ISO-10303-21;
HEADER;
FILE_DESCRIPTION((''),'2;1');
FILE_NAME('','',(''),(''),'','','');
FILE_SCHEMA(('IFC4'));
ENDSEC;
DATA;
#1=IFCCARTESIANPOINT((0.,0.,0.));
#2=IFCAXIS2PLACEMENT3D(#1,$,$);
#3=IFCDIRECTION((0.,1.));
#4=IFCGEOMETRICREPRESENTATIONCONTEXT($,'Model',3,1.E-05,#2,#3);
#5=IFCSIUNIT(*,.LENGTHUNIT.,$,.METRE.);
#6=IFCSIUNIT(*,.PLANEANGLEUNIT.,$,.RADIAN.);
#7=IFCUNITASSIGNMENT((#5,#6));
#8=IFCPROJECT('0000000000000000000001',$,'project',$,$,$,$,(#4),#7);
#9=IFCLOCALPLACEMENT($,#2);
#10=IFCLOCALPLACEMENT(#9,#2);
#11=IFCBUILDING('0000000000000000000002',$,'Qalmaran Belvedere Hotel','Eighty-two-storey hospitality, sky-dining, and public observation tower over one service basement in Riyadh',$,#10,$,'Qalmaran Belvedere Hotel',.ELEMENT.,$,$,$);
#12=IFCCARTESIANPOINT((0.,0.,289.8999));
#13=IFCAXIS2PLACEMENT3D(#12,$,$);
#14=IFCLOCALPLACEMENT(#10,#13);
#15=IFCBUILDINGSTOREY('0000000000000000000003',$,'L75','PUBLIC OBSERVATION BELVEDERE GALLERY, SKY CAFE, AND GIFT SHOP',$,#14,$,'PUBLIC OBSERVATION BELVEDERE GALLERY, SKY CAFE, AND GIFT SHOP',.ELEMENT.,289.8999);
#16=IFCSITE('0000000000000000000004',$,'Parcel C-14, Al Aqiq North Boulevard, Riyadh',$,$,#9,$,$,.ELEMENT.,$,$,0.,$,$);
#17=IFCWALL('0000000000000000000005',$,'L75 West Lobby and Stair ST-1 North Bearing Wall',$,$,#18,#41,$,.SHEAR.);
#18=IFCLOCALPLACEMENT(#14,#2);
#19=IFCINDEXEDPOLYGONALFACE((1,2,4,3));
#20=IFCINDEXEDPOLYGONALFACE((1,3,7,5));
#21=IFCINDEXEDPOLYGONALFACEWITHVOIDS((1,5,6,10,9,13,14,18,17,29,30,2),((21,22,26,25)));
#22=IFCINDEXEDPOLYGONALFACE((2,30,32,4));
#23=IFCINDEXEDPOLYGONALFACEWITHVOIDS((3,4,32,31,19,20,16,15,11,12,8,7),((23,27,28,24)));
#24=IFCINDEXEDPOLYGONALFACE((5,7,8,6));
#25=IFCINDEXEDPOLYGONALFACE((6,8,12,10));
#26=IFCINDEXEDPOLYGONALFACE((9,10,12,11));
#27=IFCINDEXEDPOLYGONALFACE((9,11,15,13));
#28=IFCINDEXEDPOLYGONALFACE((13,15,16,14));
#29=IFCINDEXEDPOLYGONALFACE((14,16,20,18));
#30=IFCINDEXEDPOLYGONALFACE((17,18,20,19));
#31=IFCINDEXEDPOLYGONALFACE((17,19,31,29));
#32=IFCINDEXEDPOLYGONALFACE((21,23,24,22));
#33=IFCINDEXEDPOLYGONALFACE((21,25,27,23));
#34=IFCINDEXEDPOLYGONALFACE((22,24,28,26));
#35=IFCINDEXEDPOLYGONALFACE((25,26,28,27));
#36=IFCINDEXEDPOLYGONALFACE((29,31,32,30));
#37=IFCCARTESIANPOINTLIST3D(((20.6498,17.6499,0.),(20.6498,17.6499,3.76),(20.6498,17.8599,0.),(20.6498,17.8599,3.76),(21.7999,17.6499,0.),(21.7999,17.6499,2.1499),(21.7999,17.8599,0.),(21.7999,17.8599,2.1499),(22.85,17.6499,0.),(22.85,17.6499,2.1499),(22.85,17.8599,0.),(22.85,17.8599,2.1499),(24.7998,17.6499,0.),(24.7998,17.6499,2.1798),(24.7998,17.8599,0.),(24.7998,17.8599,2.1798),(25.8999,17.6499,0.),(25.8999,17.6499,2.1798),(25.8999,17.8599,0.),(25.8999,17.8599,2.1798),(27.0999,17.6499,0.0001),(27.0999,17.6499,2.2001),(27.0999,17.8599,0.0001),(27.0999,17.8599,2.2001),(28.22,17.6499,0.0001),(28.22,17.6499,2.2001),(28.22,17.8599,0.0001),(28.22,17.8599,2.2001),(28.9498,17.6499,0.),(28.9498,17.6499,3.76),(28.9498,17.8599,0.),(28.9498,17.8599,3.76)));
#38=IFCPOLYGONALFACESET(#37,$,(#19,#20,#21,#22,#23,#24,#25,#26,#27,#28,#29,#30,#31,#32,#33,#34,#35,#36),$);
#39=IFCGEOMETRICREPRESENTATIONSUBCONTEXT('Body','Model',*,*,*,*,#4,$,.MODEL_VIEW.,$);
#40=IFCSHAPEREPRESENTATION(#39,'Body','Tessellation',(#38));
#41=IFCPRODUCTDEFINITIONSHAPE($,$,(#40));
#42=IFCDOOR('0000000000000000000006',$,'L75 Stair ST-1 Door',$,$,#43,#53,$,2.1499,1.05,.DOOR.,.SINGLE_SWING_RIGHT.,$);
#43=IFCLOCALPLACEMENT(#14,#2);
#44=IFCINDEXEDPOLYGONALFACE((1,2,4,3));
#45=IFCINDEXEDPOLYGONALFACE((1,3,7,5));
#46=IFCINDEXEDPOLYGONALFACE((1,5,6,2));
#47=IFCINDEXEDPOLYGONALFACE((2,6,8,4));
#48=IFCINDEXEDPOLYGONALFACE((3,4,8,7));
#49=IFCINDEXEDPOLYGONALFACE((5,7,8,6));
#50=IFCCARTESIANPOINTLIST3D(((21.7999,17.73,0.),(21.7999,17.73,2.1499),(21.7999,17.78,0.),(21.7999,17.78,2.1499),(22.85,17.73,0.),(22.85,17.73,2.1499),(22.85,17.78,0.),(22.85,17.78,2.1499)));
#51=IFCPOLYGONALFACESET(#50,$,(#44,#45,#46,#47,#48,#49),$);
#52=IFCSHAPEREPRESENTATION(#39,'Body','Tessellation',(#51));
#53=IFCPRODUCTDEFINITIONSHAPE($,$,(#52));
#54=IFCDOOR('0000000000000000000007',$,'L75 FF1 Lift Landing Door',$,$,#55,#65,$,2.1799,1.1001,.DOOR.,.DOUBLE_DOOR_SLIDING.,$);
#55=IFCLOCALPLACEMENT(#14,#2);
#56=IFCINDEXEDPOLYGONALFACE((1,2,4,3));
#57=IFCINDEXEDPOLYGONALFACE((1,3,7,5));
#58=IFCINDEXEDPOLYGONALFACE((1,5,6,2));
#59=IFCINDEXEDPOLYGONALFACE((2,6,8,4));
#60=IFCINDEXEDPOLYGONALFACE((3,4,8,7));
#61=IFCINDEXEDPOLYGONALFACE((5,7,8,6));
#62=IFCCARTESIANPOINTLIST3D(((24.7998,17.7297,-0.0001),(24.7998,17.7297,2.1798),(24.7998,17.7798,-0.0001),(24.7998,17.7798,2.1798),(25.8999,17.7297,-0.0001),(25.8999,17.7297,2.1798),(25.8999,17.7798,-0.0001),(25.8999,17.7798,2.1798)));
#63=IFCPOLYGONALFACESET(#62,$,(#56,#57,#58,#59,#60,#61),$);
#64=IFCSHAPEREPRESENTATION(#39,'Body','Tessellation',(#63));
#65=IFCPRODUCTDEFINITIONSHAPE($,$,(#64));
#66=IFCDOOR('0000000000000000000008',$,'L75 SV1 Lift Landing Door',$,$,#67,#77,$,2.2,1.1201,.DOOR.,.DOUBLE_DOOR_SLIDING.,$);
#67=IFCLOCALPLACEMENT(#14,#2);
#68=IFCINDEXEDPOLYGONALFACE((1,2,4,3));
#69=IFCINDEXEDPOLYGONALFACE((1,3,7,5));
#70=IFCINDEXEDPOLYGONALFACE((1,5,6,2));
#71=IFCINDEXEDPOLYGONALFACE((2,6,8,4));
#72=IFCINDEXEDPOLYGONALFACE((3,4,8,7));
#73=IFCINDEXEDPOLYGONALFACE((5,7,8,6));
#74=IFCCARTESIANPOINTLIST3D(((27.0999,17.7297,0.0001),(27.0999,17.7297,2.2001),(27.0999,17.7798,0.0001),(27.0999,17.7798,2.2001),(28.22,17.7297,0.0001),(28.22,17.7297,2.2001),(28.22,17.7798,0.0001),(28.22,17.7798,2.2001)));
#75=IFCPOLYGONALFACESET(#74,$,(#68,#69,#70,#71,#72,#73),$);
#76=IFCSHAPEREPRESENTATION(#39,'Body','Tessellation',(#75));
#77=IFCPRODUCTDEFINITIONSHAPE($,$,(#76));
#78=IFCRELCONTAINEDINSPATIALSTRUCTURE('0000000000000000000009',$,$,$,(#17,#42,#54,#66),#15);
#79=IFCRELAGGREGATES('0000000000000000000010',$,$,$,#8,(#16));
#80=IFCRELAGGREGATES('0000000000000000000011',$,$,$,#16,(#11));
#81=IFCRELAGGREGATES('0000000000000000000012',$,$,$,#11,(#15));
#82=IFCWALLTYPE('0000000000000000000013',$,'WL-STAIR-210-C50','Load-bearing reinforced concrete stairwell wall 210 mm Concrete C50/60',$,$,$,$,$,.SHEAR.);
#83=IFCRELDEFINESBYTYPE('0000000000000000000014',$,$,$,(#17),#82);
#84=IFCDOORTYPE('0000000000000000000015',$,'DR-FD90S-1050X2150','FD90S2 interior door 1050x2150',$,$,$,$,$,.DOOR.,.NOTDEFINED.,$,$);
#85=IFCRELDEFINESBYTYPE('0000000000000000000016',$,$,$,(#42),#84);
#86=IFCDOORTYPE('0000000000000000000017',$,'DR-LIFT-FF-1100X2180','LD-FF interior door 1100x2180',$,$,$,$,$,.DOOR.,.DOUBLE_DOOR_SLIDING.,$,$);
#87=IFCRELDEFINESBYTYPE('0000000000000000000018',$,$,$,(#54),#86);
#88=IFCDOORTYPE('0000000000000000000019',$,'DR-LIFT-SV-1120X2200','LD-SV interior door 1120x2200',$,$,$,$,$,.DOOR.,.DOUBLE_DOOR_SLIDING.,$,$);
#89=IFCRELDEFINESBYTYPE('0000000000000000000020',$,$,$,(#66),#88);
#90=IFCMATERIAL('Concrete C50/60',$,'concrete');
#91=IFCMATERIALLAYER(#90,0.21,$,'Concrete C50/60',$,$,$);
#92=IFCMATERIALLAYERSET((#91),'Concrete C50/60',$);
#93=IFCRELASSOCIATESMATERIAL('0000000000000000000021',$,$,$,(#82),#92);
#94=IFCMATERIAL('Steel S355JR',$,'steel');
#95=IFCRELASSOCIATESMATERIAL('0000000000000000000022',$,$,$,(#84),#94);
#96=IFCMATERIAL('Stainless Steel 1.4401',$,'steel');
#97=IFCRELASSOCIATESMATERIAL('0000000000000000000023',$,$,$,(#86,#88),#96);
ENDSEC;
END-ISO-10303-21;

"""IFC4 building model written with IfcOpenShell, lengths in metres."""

from ifc_helpers import new_model, si_unit, direction, frame, frame_2d, origin, place, context, subcontext, project, spatial, rectangle, extrude, material, layer, layer_set, type_object, element, fill, save


model = new_model("IFC4")

# Units and contexts
model_context = context("Model", 3, precision=1e-05, world=origin(), true_north=direction((0.0, 1.0)))
body_context = subcontext(model_context, "Body", "Model", "MODEL_VIEW")
ifc_project = project(units=[si_unit("LENGTHUNIT", "METRE"), si_unit("PLANEANGLEUNIT", "RADIAN")], contexts=[model_context])

# Site, building, storey
site_placement = place(None, origin())
site = spatial("IfcSite", under=ifc_project, at=site_placement, Name="Parcel C-14, Al Aqiq North Boulevard, Riyadh", CompositionType="ELEMENT", RefElevation=0.0)
building_placement = place(site_placement, origin())
building = spatial("IfcBuilding", under=site, at=building_placement, Name="Qalmaran Belvedere Hotel", Description="Eighty-two-storey hospitality, sky-dining, and public observation tower over one service basement in Riyadh", LongName="Qalmaran Belvedere Hotel", CompositionType="ELEMENT")
storey_placement = place(building_placement, frame((0.0, 0.0, 289.8999)))
storey = spatial("IfcBuildingStorey", under=building, at=storey_placement, Name="L75", Description="PUBLIC OBSERVATION BELVEDERE GALLERY, SKY CAFE, AND GIFT SHOP", LongName="PUBLIC OBSERVATION BELVEDERE GALLERY, SKY CAFE, AND GIFT SHOP", CompositionType="ELEMENT", Elevation=289.8999)

# Shared definitions
ifc_material_1 = material(Name="Concrete C50/60", Category="concrete")

# Shared definitions
ifc_material_2 = material(Name="Steel S355JR", Category="steel")

# Wall, openings, doors
ifc_layer_1 = layer(ifc_material_1, 0.21, Name="Concrete C50/60")
ifc_layer_set_1 = layer_set([ifc_layer_1], Name="Concrete C50/60")
wall_type_1 = type_object("IfcWallType", Name="WL-STAIR-210-C50", Description="Load-bearing reinforced concrete stairwell wall 210 mm Concrete C50/60", PredefinedType="SHEAR", material=ifc_layer_set_1)
wall_1_placement = place(storey_placement, frame((20.6499, 17.7549, 0.0), z_axis=(0.0, 0.0, 1.0), x_axis=(1.0, 0.0, 0.0)))
wall_1 = element("IfcWall", 1, at=wall_1_placement, inside=storey, type_object=wall_type_1, Name="L75 West Lobby and Stair ST-1 North Bearing Wall", PredefinedType="SHEAR", context=body_context, shape_type="SweptSolid", body=[
    extrude(rectangle(XDim=8.3, YDim=0.21, at=frame_2d((4.1499, 0.0))), origin(), (0.0, 0.0, 1.0), 3.76),
])
opening_1_placement = place(wall_1_placement, frame((2.2, 0.0, 0.0), z_axis=(0.0, 0.0, 1.0), x_axis=(-1.0, 0.0, 0.0)))
opening_1 = element("IfcOpeningElement", 2, at=opening_1_placement, cuts=wall_1, PredefinedType="OPENING", context=body_context, shape_type="SweptSolid", body=[
    extrude(rectangle(XDim=1.05, YDim=2.1499, at=frame_2d((0.5249, 1.075))), frame((0.0, 0.115, 0.0), z_axis=(0.0, -1.0, 0.0), x_axis=(1.0, 0.0, 0.0)), (0.0, 0.0, 1.0), 0.23),
])
opening_2_placement = place(wall_1_placement, frame((4.1499, 0.0, 0.0)))
opening_2 = element("IfcOpeningElement", 3, at=opening_2_placement, cuts=wall_1, PredefinedType="OPENING", context=body_context, shape_type="SweptSolid", body=[
    extrude(rectangle(XDim=1.1001, YDim=2.1799, at=frame_2d((0.55, 1.0898))), frame((0.0, 0.115, 0.0), z_axis=(0.0, -1.0, 0.0), x_axis=(1.0, 0.0, 0.0)), (0.0, 0.0, 1.0), 0.23),
])
opening_3_placement = place(wall_1_placement, frame((6.45, 0.0, 0.0)))
opening_3 = element("IfcOpeningElement", 4, at=opening_3_placement, cuts=wall_1, PredefinedType="OPENING", context=body_context, shape_type="SweptSolid", body=[
    extrude(rectangle(XDim=1.1201, YDim=2.2, at=frame_2d((0.5601, 1.1001))), frame((0.0, 0.115, 0.0), z_axis=(0.0, -1.0, 0.0), x_axis=(1.0, 0.0, 0.0)), (0.0, 0.0, 1.0), 0.23),
])
door_type_1 = type_object("IfcDoorType", Name="DR-FD90S-1050X2150", Description="FD90S2 interior door 1050x2150", OperationType="NOTDEFINED", PredefinedType="DOOR", material=ifc_material_2)
door_1_placement = place(opening_1_placement, origin())
door_1 = element("IfcDoor", 5, at=door_1_placement, inside=storey, type_object=door_type_1, Name="L75 Stair ST-1 Door", OperationType="SINGLE_SWING_RIGHT", OverallHeight=2.1499, OverallWidth=1.05, PredefinedType="DOOR", context=body_context, shape_type="SweptSolid", body=[
    extrude(rectangle(XDim=1.05, YDim=2.1499, at=frame_2d((0.5249, 1.075))), frame((0.0, 0.0249, 0.0), z_axis=(0.0, -1.0, 0.0), x_axis=(1.0, 0.0, 0.0)), (0.0, 0.0, 1.0), 0.05),
])
fill(opening_1, door_1)
ifc_material_3 = material(Name="Stainless Steel 1.4401", Category="steel")
door_type_2 = type_object("IfcDoorType", Name="DR-LIFT-FF-1100X2180", Description="LD-FF interior door 1100x2180", OperationType="DOUBLE_DOOR_SLIDING", PredefinedType="DOOR", material=ifc_material_3)
door_2_placement = place(opening_2_placement, origin())
door_2 = element("IfcDoor", 6, at=door_2_placement, inside=storey, type_object=door_type_2, Name="L75 FF1 Lift Landing Door", OperationType="DOUBLE_DOOR_SLIDING", OverallHeight=2.1799, OverallWidth=1.1001, PredefinedType="DOOR", context=body_context, shape_type="SweptSolid", body=[
    extrude(rectangle(XDim=1.1001, YDim=2.1799, at=frame_2d((0.55, 1.0898))), frame((0.0, 0.0249, 0.0), z_axis=(0.0, -1.0, 0.0), x_axis=(1.0, 0.0, 0.0)), (0.0, 0.0, 1.0), 0.05),
])
fill(opening_2, door_2)
door_type_3 = type_object("IfcDoorType", Name="DR-LIFT-SV-1120X2200", Description="LD-SV interior door 1120x2200", OperationType="DOUBLE_DOOR_SLIDING", PredefinedType="DOOR", material=ifc_material_3)
door_3_placement = place(opening_3_placement, origin())
door_3 = element("IfcDoor", 7, at=door_3_placement, inside=storey, type_object=door_type_3, Name="L75 SV1 Lift Landing Door", OperationType="DOUBLE_DOOR_SLIDING", OverallHeight=2.2, OverallWidth=1.1201, PredefinedType="DOOR", context=body_context, shape_type="SweptSolid", body=[
    extrude(rectangle(XDim=1.1201, YDim=2.2, at=frame_2d((0.5601, 1.1001))), frame((0.0, 0.0249, 0.0), z_axis=(0.0, -1.0, 0.0), x_axis=(1.0, 0.0, 0.0)), (0.0, 0.0, 1.0), 0.05),
])
fill(opening_3, door_3)

save(model, "model.ifc")
